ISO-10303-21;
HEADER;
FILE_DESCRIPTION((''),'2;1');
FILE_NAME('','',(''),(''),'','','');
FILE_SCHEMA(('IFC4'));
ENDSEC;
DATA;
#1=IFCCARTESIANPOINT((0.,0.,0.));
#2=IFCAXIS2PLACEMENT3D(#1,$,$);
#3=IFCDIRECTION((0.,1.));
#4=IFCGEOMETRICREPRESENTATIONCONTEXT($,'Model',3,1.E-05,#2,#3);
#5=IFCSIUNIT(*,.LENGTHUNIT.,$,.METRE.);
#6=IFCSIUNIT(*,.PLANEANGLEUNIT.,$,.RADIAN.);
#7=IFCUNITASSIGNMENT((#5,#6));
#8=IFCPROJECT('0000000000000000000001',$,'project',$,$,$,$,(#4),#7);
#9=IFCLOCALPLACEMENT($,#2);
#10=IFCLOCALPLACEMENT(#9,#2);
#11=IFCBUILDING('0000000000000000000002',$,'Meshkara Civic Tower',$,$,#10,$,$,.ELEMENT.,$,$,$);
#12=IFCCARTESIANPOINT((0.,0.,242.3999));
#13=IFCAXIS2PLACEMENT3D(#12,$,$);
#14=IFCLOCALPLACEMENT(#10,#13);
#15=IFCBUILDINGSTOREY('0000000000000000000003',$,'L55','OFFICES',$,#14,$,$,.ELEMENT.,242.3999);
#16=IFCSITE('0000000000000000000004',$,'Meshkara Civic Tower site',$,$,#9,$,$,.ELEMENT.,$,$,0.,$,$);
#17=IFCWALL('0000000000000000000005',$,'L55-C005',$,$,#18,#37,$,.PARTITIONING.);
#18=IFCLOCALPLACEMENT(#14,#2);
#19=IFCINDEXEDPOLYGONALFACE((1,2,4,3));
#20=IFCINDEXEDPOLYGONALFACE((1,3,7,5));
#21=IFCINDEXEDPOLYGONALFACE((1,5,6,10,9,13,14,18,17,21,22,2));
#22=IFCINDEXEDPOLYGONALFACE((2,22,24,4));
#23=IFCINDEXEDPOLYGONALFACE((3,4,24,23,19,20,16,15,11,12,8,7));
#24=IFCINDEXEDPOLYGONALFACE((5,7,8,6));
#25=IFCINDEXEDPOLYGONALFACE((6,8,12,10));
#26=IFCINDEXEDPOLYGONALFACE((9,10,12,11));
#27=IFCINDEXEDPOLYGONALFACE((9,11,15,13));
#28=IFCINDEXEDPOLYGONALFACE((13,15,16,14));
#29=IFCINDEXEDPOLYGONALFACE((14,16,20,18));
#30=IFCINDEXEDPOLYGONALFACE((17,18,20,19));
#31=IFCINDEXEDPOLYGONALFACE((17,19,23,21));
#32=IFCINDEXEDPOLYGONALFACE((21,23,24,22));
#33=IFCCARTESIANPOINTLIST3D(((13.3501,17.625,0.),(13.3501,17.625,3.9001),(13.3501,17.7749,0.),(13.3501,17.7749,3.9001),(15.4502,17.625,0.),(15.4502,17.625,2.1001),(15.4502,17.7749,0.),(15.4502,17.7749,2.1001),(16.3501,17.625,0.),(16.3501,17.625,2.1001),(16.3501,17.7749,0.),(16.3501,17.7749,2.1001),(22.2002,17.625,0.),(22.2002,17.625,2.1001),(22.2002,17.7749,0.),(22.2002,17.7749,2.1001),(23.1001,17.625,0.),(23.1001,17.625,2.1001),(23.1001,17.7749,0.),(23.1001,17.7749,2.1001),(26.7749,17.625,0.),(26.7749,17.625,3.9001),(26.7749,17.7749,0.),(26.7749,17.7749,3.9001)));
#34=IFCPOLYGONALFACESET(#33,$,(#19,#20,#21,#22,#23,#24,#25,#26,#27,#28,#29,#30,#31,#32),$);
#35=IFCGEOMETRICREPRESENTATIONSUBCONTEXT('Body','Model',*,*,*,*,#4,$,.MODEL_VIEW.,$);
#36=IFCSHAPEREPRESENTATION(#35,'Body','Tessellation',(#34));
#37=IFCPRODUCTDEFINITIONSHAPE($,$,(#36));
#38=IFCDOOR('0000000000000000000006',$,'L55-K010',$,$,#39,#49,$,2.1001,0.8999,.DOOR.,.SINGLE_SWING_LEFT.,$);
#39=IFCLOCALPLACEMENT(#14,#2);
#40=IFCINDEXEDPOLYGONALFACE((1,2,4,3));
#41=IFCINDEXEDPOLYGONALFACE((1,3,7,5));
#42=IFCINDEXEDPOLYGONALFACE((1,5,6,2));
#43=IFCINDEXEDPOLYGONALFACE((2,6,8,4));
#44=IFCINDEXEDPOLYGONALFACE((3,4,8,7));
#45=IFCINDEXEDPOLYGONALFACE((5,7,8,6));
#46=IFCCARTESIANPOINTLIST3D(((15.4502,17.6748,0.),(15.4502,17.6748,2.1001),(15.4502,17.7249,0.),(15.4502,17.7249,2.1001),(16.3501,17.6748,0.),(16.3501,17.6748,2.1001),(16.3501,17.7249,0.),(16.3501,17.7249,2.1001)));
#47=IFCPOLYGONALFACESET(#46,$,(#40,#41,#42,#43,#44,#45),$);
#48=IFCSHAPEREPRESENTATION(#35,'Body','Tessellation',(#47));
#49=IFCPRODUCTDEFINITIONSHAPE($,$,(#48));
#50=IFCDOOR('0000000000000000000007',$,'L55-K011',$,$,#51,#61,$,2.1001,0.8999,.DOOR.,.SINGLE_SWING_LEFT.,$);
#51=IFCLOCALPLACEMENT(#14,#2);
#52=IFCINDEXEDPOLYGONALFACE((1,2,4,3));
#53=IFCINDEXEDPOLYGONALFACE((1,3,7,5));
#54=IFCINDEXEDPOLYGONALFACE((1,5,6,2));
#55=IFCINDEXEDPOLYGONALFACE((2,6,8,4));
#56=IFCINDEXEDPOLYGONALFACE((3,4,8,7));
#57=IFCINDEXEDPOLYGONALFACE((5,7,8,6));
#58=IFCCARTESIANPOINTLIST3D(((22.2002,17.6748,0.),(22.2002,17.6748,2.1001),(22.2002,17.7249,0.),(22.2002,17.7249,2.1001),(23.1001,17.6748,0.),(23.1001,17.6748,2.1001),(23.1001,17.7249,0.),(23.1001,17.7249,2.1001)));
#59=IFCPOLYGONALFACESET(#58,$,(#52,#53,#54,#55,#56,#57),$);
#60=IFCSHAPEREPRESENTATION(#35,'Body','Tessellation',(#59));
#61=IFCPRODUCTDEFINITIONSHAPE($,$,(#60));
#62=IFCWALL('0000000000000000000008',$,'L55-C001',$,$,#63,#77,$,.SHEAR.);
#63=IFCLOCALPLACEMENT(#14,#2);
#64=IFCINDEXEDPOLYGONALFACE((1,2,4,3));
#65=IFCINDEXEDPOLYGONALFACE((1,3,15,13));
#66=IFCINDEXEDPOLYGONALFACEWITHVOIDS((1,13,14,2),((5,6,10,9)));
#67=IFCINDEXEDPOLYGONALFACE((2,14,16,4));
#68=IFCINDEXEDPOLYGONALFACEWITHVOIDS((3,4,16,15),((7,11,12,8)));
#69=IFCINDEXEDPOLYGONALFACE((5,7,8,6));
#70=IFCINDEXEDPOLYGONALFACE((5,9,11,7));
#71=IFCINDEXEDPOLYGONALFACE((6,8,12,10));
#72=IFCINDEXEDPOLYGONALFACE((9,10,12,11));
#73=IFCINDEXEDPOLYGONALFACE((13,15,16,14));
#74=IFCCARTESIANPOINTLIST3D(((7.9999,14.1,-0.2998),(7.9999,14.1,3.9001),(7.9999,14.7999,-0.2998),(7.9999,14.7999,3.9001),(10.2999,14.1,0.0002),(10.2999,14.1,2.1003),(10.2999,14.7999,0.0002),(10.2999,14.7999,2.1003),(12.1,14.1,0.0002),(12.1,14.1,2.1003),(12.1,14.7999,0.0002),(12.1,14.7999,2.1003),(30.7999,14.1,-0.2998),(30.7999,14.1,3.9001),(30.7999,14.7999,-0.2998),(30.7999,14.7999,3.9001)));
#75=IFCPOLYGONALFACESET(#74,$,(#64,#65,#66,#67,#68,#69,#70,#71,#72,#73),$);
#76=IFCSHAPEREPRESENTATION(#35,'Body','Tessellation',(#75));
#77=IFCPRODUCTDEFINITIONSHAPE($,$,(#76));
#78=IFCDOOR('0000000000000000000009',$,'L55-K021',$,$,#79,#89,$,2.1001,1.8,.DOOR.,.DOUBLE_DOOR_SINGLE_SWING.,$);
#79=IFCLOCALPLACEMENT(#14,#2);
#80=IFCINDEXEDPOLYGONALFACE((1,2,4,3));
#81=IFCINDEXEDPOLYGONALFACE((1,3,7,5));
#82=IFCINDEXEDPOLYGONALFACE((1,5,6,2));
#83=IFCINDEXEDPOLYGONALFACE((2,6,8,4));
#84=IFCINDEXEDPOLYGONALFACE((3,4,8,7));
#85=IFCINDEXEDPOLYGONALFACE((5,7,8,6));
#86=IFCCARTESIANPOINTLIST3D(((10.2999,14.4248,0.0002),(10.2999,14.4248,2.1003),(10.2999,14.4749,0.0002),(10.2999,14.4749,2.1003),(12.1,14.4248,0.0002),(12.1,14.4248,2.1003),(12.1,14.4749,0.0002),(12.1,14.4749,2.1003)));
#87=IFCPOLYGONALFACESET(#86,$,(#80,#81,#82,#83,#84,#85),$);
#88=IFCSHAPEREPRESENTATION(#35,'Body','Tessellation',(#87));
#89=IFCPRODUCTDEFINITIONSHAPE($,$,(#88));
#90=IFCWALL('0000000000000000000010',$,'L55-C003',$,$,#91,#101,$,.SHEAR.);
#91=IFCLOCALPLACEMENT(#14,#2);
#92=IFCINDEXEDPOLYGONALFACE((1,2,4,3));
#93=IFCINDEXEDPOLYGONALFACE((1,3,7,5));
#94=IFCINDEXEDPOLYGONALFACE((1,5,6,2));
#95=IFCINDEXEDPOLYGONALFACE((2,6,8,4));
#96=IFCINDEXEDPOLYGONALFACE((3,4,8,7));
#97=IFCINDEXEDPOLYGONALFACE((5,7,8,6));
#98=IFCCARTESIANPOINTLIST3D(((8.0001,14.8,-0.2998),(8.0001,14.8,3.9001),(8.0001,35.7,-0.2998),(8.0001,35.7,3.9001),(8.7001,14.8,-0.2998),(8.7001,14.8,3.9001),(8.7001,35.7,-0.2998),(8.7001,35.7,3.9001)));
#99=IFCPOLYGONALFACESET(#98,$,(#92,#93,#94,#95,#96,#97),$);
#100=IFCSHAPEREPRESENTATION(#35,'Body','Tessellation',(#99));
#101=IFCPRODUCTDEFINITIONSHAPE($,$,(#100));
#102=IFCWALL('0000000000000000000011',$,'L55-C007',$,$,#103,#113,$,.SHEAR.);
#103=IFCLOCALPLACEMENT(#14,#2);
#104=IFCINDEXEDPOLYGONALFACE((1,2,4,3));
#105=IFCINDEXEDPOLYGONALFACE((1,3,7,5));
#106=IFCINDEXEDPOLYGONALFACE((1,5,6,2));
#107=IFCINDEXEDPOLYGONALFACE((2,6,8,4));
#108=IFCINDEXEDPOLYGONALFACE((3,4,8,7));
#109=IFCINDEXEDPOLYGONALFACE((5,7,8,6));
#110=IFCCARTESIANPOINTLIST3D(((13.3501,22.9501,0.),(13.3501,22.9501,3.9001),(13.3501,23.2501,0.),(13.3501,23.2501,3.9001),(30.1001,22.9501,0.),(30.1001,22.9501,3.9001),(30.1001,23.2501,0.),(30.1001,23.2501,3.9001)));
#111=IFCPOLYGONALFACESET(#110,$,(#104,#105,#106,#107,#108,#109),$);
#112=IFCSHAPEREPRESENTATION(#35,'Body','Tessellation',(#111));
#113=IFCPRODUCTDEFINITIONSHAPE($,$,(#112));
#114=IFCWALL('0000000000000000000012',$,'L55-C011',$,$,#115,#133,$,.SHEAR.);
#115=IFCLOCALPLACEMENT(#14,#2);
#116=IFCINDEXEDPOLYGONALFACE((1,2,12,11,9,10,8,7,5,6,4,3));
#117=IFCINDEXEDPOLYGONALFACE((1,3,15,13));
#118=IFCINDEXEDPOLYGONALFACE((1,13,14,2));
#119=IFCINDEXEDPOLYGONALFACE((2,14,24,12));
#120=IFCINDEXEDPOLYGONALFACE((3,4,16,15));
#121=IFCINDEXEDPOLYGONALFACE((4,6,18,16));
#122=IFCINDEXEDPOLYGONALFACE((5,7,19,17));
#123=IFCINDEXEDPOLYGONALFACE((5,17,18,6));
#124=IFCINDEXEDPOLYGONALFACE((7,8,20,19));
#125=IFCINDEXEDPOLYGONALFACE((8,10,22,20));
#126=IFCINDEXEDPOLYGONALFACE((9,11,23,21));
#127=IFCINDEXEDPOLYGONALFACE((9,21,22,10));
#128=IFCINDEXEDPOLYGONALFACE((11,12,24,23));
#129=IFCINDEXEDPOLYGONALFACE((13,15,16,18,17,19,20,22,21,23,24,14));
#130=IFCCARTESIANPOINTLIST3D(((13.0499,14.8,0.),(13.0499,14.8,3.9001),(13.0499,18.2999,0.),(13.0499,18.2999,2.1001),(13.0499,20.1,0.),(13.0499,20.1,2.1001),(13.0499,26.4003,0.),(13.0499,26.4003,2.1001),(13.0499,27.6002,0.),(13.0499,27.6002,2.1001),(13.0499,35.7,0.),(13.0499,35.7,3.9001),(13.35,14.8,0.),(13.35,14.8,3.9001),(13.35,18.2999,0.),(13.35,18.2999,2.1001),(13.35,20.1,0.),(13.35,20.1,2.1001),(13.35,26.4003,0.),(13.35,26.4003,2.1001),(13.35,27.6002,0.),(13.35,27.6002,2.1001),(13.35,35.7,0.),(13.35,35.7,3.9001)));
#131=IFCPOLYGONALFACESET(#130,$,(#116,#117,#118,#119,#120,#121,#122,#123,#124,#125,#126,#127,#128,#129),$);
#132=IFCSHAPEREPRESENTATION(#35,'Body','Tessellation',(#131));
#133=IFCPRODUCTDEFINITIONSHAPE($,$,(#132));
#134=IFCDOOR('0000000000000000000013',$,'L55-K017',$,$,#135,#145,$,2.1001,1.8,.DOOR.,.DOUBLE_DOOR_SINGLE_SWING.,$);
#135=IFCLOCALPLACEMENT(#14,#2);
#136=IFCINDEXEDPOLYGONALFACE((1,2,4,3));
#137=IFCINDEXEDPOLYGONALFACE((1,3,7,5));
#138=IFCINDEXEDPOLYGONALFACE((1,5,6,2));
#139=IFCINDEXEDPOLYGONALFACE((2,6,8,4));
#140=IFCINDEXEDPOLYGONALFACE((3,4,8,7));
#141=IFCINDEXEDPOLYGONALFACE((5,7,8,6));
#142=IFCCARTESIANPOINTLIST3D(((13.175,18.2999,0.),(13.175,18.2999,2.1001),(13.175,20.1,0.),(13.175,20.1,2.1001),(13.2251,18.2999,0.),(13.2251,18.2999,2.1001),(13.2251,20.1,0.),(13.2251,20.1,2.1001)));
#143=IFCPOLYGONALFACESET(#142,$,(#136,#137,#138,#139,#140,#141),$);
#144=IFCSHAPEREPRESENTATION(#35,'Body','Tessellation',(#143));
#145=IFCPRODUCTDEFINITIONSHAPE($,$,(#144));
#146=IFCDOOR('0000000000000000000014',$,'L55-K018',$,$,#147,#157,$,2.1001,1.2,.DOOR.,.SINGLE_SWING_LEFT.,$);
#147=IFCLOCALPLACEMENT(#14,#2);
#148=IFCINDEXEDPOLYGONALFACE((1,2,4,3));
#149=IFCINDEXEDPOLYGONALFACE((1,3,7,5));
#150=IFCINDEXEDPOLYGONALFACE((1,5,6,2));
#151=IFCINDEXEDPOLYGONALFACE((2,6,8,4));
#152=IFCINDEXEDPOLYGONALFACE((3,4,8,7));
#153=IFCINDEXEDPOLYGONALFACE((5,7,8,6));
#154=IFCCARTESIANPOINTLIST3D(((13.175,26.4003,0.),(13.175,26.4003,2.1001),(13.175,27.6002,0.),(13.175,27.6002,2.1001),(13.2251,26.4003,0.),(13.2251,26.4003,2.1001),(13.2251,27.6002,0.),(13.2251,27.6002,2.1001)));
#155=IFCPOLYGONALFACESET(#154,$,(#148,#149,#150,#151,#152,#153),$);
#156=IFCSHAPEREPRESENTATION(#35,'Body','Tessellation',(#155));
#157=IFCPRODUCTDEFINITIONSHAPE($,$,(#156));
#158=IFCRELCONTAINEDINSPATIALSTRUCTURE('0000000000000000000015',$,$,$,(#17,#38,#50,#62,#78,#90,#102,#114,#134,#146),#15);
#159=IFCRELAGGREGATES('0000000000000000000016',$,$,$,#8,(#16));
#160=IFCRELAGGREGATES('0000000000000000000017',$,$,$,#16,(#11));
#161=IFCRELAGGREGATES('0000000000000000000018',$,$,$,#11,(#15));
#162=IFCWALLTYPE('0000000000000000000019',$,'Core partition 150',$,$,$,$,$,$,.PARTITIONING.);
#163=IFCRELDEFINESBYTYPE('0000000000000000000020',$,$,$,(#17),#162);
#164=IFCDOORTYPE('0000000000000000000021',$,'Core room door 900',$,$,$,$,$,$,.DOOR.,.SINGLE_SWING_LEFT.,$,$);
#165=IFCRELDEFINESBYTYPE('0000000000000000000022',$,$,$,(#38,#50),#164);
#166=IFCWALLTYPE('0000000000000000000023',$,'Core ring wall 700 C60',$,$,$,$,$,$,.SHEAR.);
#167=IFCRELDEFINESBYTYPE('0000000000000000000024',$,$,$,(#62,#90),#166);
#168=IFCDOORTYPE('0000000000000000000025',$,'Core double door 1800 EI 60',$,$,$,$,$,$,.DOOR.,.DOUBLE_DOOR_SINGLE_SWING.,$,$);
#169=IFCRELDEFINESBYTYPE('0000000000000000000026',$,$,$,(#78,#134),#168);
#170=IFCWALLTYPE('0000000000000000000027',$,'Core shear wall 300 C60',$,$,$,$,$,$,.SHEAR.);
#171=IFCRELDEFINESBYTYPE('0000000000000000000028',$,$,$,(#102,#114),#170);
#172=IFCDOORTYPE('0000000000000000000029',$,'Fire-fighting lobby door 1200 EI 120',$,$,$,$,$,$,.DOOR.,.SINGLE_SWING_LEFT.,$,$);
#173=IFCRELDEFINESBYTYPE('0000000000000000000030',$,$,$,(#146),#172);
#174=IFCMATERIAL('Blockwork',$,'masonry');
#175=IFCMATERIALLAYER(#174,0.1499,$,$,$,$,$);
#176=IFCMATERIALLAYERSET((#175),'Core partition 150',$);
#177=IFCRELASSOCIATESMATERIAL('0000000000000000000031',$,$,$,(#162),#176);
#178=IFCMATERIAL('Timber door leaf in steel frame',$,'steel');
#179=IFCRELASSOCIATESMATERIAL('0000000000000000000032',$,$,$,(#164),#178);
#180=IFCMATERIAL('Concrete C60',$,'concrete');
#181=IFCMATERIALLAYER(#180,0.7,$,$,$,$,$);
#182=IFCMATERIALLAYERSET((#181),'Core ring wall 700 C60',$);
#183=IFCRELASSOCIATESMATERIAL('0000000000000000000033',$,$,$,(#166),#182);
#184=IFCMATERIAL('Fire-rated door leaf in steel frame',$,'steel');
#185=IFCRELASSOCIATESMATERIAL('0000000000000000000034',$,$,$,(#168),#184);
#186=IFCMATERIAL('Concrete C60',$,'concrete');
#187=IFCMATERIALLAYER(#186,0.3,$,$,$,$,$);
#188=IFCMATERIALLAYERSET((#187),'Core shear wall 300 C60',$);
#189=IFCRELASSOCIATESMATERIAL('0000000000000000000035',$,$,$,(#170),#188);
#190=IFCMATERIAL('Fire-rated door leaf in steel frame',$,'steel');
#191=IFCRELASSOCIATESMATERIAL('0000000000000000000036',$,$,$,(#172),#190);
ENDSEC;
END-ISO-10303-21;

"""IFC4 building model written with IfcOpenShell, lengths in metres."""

from ifc_helpers import new_model, si_unit, direction, frame, frame_2d, origin, place, context, subcontext, project, spatial, rectangle, extrude, material, layer, layer_set, type_object, element, fill, save


model = new_model("IFC4")

# Units and contexts
model_context = context("Model", 3, precision=1e-05, world=origin(), true_north=direction((0.0, 1.0)))
body_context = subcontext(model_context, "Body", "Model", "MODEL_VIEW")
ifc_project = project(units=[si_unit("LENGTHUNIT", "METRE"), si_unit("PLANEANGLEUNIT", "RADIAN")], contexts=[model_context])

# Site, building, storey
site_placement = place(None, origin())
site = spatial("IfcSite", under=ifc_project, at=site_placement, Name="Meshkara Civic Tower site", CompositionType="ELEMENT", RefElevation=0.0)
building_placement = place(site_placement, origin())
building = spatial("IfcBuilding", under=site, at=building_placement, Name="Meshkara Civic Tower", CompositionType="ELEMENT")
storey_placement = place(building_placement, frame((0.0, 0.0, 242.3999)))
storey = spatial("IfcBuildingStorey", under=building, at=storey_placement, Name="L55", Description="OFFICES", CompositionType="ELEMENT", Elevation=242.3999)

# Wall, openings, doors
ifc_material_1 = material(Name="Blockwork", Category="masonry")
ifc_layer_1 = layer(ifc_material_1, 0.1499)
ifc_layer_set_1 = layer_set([ifc_layer_1], Name="Core partition 150")
wall_type_1 = type_object("IfcWallType", Name="Core partition 150", PredefinedType="PARTITIONING", material=ifc_layer_set_1)
wall_1_placement = place(storey_placement, frame((13.3501, 17.7, 0.0), z_axis=(0.0, 0.0, 1.0), x_axis=(1.0, 0.0, 0.0)))
wall_1 = element("IfcWall", 1, at=wall_1_placement, inside=storey, type_object=wall_type_1, Name="L55-C005", PredefinedType="PARTITIONING", context=body_context, shape_type="SweptSolid", body=[
    extrude(rectangle(XDim=13.4248, YDim=0.1499, at=frame_2d((6.7124, 0.0))), origin(), (0.0, 0.0, 1.0), 3.9001),
])
opening_1_placement = place(wall_1_placement, frame((2.1001, 0.0, 0.0)))
opening_1 = element("IfcOpeningElement", 2, at=opening_1_placement, cuts=wall_1, PredefinedType="OPENING", context=body_context, shape_type="SweptSolid", body=[
    extrude(rectangle(XDim=0.8999, YDim=2.1001, at=frame_2d((0.45, 1.05))), frame((0.0, 0.085, 0.0), z_axis=(0.0, -1.0, 0.0), x_axis=(1.0, 0.0, 0.0)), (0.0, 0.0, 1.0), 0.1699),
])
opening_2_placement = place(wall_1_placement, frame((8.8501, 0.0, 0.0)))
opening_2 = element("IfcOpeningElement", 3, at=opening_2_placement, cuts=wall_1, PredefinedType="OPENING", context=body_context, shape_type="SweptSolid", body=[
    extrude(rectangle(XDim=0.8999, YDim=2.1001, at=frame_2d((0.45, 1.05))), frame((0.0, 0.085, 0.0), z_axis=(0.0, -1.0, 0.0), x_axis=(1.0, 0.0, 0.0)), (0.0, 0.0, 1.0), 0.1699),
])
ifc_material_2 = material(Name="Timber door leaf in steel frame", Category="steel")
door_type_1 = type_object("IfcDoorType", Name="Core room door 900", OperationType="SINGLE_SWING_LEFT", PredefinedType="DOOR", material=ifc_material_2)
door_1_placement = place(opening_1_placement, origin())
door_1 = element("IfcDoor", 4, at=door_1_placement, inside=storey, type_object=door_type_1, Name="L55-K010", OperationType="SINGLE_SWING_LEFT", OverallHeight=2.1001, OverallWidth=0.8999, PredefinedType="DOOR", context=body_context, shape_type="SweptSolid", body=[
    extrude(rectangle(XDim=0.8999, YDim=2.1001, at=frame_2d((0.45, 1.05))), frame((0.0, 0.0249, 0.0), z_axis=(0.0, -1.0, 0.0), x_axis=(1.0, 0.0, 0.0)), (0.0, 0.0, 1.0), 0.05),
])
fill(opening_1, door_1)
door_2_placement = place(opening_2_placement, origin())
door_2 = element("IfcDoor", 5, at=door_2_placement, inside=storey, type_object=door_type_1, Name="L55-K011", OperationType="SINGLE_SWING_LEFT", OverallHeight=2.1001, OverallWidth=0.8999, PredefinedType="DOOR", context=body_context, shape_type="SweptSolid", body=[
    extrude(rectangle(XDim=0.8999, YDim=2.1001, at=frame_2d((0.45, 1.05))), frame((0.0, 0.0249, 0.0), z_axis=(0.0, -1.0, 0.0), x_axis=(1.0, 0.0, 0.0)), (0.0, 0.0, 1.0), 0.05),
])
fill(opening_2, door_2)

# Wall, opening, door
ifc_material_3 = material(Name="Concrete C60", Category="concrete")
ifc_layer_2 = layer(ifc_material_3, 0.7)
ifc_layer_set_2 = layer_set([ifc_layer_2], Name="Core ring wall 700 C60")
wall_type_2 = type_object("IfcWallType", Name="Core ring wall 700 C60", PredefinedType="SHEAR", material=ifc_layer_set_2)
wall_2_placement = place(storey_placement, frame((8.0, 14.45, -0.2998), z_axis=(0.0, 0.0, 1.0), x_axis=(1.0, 0.0, 0.0)))
wall_2 = element("IfcWall", 6, at=wall_2_placement, inside=storey, type_object=wall_type_2, Name="L55-C001", PredefinedType="SHEAR", context=body_context, shape_type="SweptSolid", body=[
    extrude(rectangle(XDim=22.8, YDim=0.7, at=frame_2d((11.3999, 0.0))), origin(), (0.0, 0.0, 1.0), 4.2),
])
opening_3_placement = place(wall_2_placement, frame((2.3, 0.0, 0.3)))
opening_3 = element("IfcOpeningElement", 7, at=opening_3_placement, cuts=wall_2, PredefinedType="OPENING", context=body_context, shape_type="SweptSolid", body=[
    extrude(rectangle(XDim=1.8, YDim=2.1001, at=frame_2d((0.8999, 1.05))), frame((0.0, 0.3599, 0.0), z_axis=(0.0, -1.0, 0.0), x_axis=(1.0, 0.0, 0.0)), (0.0, 0.0, 1.0), 0.72),
])
ifc_material_4 = material(Name="Fire-rated door leaf in steel frame", Category="steel")
door_type_2 = type_object("IfcDoorType", Name="Core double door 1800 EI 60", OperationType="DOUBLE_DOOR_SINGLE_SWING", PredefinedType="DOOR", material=ifc_material_4)
door_3_placement = place(opening_3_placement, origin())
door_3 = element("IfcDoor", 8, at=door_3_placement, inside=storey, type_object=door_type_2, Name="L55-K021", OperationType="DOUBLE_DOOR_SINGLE_SWING", OverallHeight=2.1001, OverallWidth=1.8, PredefinedType="DOOR", context=body_context, shape_type="SweptSolid", body=[
    extrude(rectangle(XDim=1.8, YDim=2.1001, at=frame_2d((0.8999, 1.05))), frame((0.0, 0.0249, 0.0), z_axis=(0.0, -1.0, 0.0), x_axis=(1.0, 0.0, 0.0)), (0.0, 0.0, 1.0), 0.05),
])
fill(opening_3, door_3)

# Walls
wall_3_placement = place(storey_placement, frame((8.3501, 14.8, -0.2998), z_axis=(0.0, 0.0, 1.0), x_axis=(0.0, 1.0, 0.0)))
element("IfcWall", 9, at=wall_3_placement, inside=storey, type_object=wall_type_2, Name="L55-C003", PredefinedType="SHEAR", context=body_context, shape_type="SweptSolid", body=[
    extrude(rectangle(XDim=20.8999, YDim=0.7, at=frame_2d((10.45, 0.0))), origin(), (0.0, 0.0, 1.0), 4.2),
])
ifc_material_5 = material(Name="Concrete C60", Category="concrete")
ifc_layer_3 = layer(ifc_material_5, 0.3)
ifc_layer_set_3 = layer_set([ifc_layer_3], Name="Core shear wall 300 C60")
wall_type_3 = type_object("IfcWallType", Name="Core shear wall 300 C60", PredefinedType="SHEAR", material=ifc_layer_set_3)
wall_4_placement = place(storey_placement, frame((13.3501, 23.1001, 0.0), z_axis=(0.0, 0.0, 1.0), x_axis=(1.0, 0.0, 0.0)))
element("IfcWall", 10, at=wall_4_placement, inside=storey, type_object=wall_type_3, Name="L55-C007", PredefinedType="SHEAR", context=body_context, shape_type="SweptSolid", body=[
    extrude(rectangle(XDim=16.75, YDim=0.3, at=frame_2d((8.375, 0.0))), origin(), (0.0, 0.0, 1.0), 3.9001),
])

# Wall, openings, doors
wall_5_placement = place(storey_placement, frame((13.2, 14.8, 0.0), z_axis=(0.0, 0.0, 1.0), x_axis=(0.0, 1.0, 0.0)))
wall_5 = element("IfcWall", 11, at=wall_5_placement, inside=storey, type_object=wall_type_3, Name="L55-C011", PredefinedType="SHEAR", context=body_context, shape_type="SweptSolid", body=[
    extrude(rectangle(XDim=20.8999, YDim=0.3, at=frame_2d((10.45, 0.0))), origin(), (0.0, 0.0, 1.0), 3.9001),
])
opening_4_placement = place(wall_5_placement, frame((3.5, 0.0, 0.0)))
opening_4 = element("IfcOpeningElement", 12, at=opening_4_placement, cuts=wall_5, PredefinedType="OPENING", context=body_context, shape_type="SweptSolid", body=[
    extrude(rectangle(XDim=1.8, YDim=2.1001, at=frame_2d((0.8999, 1.05))), frame((0.0, 0.1599, 0.0), z_axis=(0.0, -1.0, 0.0), x_axis=(1.0, 0.0, 0.0)), (0.0, 0.0, 1.0), 0.3201),
])
opening_5_placement = place(wall_5_placement, frame((11.6001, 0.0, 0.0)))
opening_5 = element("IfcOpeningElement", 13, at=opening_5_placement, cuts=wall_5, PredefinedType="OPENING", context=body_context, shape_type="SweptSolid", body=[
    extrude(rectangle(XDim=1.2, YDim=2.1001, at=frame_2d((0.6001, 1.05))), frame((0.0, 0.1599, 0.0), z_axis=(0.0, -1.0, 0.0), x_axis=(1.0, 0.0, 0.0)), (0.0, 0.0, 1.0), 0.3201),
])
door_4_placement = place(opening_4_placement, origin())
door_4 = element("IfcDoor", 14, at=door_4_placement, inside=storey, type_object=door_type_2, Name="L55-K017", OperationType="DOUBLE_DOOR_SINGLE_SWING", OverallHeight=2.1001, OverallWidth=1.8, PredefinedType="DOOR", context=body_context, shape_type="SweptSolid", body=[
    extrude(rectangle(XDim=1.8, YDim=2.1001, at=frame_2d((0.8999, 1.05))), frame((0.0, 0.0249, 0.0), z_axis=(0.0, -1.0, 0.0), x_axis=(1.0, 0.0, 0.0)), (0.0, 0.0, 1.0), 0.05),
])
fill(opening_4, door_4)
ifc_material_6 = material(Name="Fire-rated door leaf in steel frame", Category="steel")
door_type_3 = type_object("IfcDoorType", Name="Fire-fighting lobby door 1200 EI 120", OperationType="SINGLE_SWING_LEFT", PredefinedType="DOOR", material=ifc_material_6)
door_5_placement = place(opening_5_placement, origin())
door_5 = element("IfcDoor", 15, at=door_5_placement, inside=storey, type_object=door_type_3, Name="L55-K018", OperationType="SINGLE_SWING_LEFT", OverallHeight=2.1001, OverallWidth=1.2, PredefinedType="DOOR", context=body_context, shape_type="SweptSolid", body=[
    extrude(rectangle(XDim=1.2, YDim=2.1001, at=frame_2d((0.6001, 1.05))), frame((0.0, 0.0249, 0.0), z_axis=(0.0, -1.0, 0.0), x_axis=(1.0, 0.0, 0.0)), (0.0, 0.0, 1.0), 0.05),
])
fill(opening_5, door_5)

save(model, "model.ifc")
